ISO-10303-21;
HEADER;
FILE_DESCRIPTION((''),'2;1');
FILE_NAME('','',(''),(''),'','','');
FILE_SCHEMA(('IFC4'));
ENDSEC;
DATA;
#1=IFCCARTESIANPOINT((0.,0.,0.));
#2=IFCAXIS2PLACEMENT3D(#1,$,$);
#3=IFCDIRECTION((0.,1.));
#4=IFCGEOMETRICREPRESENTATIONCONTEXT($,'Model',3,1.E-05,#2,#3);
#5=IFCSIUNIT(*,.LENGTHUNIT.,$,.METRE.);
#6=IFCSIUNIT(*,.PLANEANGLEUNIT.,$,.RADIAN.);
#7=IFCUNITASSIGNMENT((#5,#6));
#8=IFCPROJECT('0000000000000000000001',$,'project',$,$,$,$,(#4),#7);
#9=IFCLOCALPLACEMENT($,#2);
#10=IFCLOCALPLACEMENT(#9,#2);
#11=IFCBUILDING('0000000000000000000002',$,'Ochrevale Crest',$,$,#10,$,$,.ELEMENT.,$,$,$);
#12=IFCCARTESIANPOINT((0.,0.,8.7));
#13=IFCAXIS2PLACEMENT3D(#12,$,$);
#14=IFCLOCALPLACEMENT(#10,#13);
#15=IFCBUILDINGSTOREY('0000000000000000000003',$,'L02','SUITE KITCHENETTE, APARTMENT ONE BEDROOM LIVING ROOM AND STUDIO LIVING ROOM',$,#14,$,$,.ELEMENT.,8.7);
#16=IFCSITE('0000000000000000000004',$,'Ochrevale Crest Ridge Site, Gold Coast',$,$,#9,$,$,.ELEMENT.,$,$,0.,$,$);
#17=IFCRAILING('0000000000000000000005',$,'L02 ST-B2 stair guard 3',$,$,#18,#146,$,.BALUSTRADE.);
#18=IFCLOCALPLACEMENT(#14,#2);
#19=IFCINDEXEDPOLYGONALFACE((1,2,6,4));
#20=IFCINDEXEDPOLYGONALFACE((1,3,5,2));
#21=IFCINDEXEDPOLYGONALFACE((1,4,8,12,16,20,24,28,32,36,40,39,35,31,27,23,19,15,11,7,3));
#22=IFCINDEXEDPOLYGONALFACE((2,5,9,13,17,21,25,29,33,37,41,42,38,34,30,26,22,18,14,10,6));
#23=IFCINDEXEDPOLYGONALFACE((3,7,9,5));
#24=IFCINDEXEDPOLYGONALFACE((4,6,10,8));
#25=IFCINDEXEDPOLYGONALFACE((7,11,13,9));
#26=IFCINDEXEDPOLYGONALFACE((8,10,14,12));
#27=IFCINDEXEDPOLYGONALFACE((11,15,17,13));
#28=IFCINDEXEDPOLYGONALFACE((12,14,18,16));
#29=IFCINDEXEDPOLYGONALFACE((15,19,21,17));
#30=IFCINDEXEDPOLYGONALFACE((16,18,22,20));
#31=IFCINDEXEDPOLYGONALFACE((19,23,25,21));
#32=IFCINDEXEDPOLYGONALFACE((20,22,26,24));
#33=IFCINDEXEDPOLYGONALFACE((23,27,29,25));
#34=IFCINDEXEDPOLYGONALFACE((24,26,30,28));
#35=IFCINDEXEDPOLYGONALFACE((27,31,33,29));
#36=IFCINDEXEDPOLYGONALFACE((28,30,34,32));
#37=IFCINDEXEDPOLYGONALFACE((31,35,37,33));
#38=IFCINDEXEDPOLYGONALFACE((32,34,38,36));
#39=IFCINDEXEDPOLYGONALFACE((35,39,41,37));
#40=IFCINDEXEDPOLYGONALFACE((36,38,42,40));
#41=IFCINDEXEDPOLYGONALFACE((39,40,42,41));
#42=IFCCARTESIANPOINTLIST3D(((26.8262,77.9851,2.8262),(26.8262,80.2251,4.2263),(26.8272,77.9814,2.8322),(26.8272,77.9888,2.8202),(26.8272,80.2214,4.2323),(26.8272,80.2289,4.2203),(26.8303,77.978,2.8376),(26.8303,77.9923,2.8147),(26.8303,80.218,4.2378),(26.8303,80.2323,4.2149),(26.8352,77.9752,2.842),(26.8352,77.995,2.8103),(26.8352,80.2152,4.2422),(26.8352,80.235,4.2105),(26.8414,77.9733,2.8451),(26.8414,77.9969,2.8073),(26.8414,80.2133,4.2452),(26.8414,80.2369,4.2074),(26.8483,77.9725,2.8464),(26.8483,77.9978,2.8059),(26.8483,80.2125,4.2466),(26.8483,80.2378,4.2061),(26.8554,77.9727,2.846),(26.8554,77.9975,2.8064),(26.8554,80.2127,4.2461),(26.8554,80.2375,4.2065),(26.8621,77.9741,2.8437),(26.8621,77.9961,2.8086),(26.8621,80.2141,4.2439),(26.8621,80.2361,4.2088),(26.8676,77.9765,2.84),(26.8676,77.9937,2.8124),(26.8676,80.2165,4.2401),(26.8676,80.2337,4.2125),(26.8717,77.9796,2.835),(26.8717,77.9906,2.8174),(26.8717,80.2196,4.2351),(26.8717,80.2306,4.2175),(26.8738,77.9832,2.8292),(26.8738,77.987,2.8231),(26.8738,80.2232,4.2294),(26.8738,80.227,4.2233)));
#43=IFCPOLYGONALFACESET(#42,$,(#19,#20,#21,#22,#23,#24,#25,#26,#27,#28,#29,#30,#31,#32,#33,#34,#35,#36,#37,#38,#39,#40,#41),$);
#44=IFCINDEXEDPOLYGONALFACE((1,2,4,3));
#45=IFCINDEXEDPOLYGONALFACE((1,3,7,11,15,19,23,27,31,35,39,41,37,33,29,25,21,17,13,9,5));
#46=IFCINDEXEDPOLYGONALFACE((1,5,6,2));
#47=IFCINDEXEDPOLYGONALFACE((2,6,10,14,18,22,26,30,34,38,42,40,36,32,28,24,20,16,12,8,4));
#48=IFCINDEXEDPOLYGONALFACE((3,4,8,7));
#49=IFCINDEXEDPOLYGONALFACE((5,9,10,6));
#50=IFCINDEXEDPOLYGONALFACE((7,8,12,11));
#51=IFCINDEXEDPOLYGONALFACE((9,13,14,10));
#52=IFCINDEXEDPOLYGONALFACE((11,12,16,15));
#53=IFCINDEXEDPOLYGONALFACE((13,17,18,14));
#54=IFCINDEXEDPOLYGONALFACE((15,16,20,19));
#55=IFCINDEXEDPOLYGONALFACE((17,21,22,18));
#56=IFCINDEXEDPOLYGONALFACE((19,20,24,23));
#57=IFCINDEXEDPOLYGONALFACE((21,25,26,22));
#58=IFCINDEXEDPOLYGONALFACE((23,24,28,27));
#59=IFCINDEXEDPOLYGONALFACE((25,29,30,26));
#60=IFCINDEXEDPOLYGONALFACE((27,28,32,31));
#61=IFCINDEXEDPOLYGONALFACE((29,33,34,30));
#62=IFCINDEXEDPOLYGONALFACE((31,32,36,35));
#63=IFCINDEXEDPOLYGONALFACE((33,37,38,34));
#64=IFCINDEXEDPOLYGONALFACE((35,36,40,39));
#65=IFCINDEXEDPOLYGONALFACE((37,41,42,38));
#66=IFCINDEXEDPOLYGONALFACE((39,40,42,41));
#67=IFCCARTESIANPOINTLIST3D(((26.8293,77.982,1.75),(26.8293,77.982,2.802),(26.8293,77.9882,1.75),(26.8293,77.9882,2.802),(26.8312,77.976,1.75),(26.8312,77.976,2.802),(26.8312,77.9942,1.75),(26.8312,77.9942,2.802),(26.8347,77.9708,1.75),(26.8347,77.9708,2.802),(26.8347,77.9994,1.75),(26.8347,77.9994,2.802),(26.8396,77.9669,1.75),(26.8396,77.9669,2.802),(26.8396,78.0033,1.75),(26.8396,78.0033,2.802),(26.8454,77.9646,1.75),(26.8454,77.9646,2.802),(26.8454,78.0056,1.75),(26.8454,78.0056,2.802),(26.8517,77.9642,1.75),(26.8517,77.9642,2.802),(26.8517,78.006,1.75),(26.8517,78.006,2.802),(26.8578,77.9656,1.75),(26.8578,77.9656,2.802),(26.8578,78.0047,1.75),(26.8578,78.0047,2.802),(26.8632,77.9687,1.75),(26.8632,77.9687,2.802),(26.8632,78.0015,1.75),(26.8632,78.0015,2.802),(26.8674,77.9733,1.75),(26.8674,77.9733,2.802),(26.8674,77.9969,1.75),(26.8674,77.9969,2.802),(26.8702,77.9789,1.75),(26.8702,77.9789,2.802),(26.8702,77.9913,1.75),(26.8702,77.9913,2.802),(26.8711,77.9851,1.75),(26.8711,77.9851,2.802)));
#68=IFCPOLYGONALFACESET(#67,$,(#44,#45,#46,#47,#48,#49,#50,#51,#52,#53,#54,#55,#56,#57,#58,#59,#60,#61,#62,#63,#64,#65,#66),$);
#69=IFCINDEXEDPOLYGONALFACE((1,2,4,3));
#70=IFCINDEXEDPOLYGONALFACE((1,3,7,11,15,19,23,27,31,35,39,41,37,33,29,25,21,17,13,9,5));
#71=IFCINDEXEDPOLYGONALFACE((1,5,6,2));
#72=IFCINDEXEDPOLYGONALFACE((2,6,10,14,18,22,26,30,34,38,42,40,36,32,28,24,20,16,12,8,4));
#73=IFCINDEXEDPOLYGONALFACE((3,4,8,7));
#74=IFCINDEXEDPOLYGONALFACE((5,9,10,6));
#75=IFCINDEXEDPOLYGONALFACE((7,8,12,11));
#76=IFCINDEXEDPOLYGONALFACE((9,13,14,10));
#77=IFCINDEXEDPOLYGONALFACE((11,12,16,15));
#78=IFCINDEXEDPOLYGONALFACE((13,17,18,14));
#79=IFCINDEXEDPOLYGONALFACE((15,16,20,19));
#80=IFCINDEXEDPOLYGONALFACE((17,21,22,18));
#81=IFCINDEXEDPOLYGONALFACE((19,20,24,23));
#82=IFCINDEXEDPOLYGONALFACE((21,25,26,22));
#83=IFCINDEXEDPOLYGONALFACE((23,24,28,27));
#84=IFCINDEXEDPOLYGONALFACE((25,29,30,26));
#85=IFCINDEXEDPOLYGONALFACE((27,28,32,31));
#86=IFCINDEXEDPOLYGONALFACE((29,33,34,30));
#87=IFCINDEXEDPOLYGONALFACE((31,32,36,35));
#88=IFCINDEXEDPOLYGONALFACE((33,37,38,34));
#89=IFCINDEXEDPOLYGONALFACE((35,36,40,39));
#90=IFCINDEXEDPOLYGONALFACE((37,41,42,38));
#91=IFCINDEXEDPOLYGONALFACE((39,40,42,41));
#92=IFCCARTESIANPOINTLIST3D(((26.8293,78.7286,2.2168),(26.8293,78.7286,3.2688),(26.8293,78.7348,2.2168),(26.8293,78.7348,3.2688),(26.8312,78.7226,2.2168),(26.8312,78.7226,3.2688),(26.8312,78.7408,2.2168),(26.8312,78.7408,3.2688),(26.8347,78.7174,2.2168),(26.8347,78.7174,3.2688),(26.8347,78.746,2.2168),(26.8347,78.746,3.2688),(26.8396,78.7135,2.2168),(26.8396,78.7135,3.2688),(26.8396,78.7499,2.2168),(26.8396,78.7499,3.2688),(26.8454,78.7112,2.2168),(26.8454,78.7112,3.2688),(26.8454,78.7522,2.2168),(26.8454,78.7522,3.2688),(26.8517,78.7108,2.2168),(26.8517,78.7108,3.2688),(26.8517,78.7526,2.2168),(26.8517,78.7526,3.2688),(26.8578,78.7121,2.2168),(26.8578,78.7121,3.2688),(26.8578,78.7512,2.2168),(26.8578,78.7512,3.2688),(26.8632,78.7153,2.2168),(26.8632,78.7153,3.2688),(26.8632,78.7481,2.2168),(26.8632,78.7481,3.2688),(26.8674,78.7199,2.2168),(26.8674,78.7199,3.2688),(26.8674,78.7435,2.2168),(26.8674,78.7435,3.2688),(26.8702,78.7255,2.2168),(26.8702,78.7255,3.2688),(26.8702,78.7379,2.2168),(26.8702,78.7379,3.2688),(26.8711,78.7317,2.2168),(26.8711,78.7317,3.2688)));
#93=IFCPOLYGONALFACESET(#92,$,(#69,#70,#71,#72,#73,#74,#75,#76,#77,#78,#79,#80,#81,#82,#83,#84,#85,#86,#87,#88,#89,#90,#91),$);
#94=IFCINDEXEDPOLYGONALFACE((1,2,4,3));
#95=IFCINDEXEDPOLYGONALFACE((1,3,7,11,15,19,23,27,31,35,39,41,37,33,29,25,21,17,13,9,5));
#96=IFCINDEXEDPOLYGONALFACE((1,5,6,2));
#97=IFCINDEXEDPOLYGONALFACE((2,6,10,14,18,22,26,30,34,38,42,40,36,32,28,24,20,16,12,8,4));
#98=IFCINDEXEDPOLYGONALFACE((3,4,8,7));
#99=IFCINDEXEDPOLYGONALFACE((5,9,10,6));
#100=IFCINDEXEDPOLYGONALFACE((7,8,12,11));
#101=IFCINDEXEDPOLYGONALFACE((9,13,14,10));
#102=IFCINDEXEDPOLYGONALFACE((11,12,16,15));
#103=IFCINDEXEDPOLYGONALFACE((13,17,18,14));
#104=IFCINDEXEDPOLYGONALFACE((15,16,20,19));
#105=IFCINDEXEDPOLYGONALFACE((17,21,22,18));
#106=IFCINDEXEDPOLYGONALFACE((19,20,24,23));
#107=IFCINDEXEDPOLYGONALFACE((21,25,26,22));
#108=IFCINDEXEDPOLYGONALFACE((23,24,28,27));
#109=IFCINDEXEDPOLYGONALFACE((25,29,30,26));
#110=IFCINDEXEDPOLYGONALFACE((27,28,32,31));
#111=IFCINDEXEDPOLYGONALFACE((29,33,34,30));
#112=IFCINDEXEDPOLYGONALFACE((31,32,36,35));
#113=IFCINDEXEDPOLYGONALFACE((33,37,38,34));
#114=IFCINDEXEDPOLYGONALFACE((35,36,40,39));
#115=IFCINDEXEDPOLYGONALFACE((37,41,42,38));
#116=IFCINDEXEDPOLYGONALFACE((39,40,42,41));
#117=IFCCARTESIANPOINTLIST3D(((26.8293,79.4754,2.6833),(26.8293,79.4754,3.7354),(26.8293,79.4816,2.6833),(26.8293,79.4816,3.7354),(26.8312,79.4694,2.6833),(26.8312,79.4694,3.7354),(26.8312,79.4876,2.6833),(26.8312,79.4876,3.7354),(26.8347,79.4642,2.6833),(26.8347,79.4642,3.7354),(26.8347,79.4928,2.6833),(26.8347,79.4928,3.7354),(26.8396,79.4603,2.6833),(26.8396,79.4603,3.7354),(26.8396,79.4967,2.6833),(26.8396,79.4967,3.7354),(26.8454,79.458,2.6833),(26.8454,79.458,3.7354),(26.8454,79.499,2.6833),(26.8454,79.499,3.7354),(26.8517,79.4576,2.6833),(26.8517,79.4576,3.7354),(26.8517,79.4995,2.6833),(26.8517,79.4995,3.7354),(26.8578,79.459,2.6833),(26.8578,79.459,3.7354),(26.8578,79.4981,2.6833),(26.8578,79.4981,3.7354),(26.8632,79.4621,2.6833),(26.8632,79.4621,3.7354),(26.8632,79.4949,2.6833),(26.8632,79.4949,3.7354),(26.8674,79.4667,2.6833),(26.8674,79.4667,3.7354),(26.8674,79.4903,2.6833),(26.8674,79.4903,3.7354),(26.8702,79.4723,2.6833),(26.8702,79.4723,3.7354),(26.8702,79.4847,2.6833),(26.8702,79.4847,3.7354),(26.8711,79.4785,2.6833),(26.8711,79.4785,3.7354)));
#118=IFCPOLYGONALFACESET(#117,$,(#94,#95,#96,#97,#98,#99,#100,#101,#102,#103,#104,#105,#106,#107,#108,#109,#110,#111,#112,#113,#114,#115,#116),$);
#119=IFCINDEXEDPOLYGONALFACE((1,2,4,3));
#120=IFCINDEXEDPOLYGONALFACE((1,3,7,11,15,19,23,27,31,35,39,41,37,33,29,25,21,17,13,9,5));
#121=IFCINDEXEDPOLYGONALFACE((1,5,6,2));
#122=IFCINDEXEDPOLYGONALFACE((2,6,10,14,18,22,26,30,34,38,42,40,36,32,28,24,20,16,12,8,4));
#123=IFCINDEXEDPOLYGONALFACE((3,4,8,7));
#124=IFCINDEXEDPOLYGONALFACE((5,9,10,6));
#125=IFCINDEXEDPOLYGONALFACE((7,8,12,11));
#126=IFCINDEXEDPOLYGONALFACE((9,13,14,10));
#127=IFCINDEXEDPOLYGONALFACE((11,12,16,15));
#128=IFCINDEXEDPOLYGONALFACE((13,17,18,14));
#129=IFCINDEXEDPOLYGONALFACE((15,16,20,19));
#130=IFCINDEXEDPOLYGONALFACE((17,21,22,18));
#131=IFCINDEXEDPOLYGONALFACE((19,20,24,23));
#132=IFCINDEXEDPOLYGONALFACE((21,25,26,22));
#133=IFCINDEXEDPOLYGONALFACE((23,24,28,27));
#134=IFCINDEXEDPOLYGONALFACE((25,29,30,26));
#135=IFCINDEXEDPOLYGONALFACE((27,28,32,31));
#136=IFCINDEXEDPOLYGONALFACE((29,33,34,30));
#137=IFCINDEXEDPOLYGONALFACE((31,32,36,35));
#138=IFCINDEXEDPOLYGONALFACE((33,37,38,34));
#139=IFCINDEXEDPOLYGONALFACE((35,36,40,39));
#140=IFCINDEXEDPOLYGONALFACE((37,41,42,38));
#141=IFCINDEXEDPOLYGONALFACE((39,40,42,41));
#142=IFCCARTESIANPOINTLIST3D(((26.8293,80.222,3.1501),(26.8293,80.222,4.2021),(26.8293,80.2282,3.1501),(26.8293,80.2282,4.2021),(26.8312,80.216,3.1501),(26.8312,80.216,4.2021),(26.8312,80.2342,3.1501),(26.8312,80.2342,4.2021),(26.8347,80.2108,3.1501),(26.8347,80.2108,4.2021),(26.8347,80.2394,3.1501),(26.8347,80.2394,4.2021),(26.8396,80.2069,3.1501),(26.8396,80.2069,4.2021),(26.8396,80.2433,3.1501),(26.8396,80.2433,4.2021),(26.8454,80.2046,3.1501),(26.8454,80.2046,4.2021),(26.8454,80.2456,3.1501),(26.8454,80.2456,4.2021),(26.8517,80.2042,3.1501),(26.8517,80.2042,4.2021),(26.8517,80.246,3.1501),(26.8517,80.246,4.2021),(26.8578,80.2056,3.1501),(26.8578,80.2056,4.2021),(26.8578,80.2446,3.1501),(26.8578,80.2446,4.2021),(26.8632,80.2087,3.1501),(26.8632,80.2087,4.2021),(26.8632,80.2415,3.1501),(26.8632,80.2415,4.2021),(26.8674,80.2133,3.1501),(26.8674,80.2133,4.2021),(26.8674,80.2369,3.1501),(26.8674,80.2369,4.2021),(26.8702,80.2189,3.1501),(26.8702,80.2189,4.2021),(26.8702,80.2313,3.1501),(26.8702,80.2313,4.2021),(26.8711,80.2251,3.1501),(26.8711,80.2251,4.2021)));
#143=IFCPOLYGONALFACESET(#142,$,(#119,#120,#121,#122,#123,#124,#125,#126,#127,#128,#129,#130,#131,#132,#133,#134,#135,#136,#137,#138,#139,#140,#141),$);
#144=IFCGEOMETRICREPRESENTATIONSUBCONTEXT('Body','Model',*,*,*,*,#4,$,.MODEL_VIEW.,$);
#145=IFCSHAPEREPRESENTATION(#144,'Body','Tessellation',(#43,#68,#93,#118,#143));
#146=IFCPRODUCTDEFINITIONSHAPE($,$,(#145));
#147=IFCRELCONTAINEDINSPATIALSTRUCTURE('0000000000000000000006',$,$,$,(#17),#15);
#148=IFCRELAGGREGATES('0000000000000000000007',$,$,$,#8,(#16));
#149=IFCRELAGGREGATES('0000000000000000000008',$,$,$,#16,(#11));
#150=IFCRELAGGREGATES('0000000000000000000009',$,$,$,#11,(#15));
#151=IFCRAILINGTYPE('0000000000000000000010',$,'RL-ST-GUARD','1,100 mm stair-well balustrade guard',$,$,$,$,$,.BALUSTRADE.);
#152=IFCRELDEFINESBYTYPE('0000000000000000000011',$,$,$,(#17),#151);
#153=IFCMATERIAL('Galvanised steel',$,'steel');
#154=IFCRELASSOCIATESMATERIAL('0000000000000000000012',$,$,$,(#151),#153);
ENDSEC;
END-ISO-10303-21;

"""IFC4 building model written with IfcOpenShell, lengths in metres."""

from ifc_helpers import new_model, si_unit, direction, frame, origin, origin_2d, place, context, subcontext, project, spatial, circle, extrude, material, type_object, element, save


model = new_model("IFC4")

# Units and contexts
model_context = context("Model", 3, precision=1e-05, world=origin(), true_north=direction((0.0, 1.0)))
body_context = subcontext(model_context, "Body", "Model", "MODEL_VIEW")
ifc_project = project(units=[si_unit("LENGTHUNIT", "METRE"), si_unit("PLANEANGLEUNIT", "RADIAN")], contexts=[model_context])

# Site, building, storey
site_placement = place(None, origin())
site = spatial("IfcSite", under=ifc_project, at=site_placement, Name="Ochrevale Crest Ridge Site, Gold Coast", CompositionType="ELEMENT", RefElevation=0.0)
building_placement = place(site_placement, origin())
building = spatial("IfcBuilding", under=site, at=building_placement, Name="Ochrevale Crest", CompositionType="ELEMENT")
storey_placement = place(building_placement, frame((0.0, 0.0, 8.7)))
storey = spatial("IfcBuildingStorey", under=building, at=storey_placement, Name="L02", Description="SUITE KITCHENETTE, APARTMENT ONE BEDROOM LIVING ROOM AND STUDIO LIVING ROOM", CompositionType="ELEMENT", Elevation=8.7)

# Railing
ifc_material_1 = material(Name="Galvanised steel", Category="steel")
railing_type_1 = type_object("IfcRailingType", Name="RL-ST-GUARD", Description="1,100 mm stair-well balustrade guard", PredefinedType="BALUSTRADE", material=ifc_material_1)
railing_1_placement = place(storey_placement, frame((26.8501, 77.9851, 1.75)))
element("IfcRailing", 1, at=railing_1_placement, inside=storey, type_object=railing_type_1, Name="L02 ST-B2 stair guard 3", PredefinedType="BALUSTRADE", context=body_context, shape_type="SweptSolid", body=[
    extrude(circle(Radius=0.0239, at=origin_2d()), frame((0.0, 0.0, 1.0762), z_axis=(0.0, 0.847972, 0.53004), x_axis=(-1.0, 0.0, 0.0)), (0.0, 0.0, 1.0), 2.6416),
    extrude(circle(Radius=0.021, at=origin_2d()), origin(), (0.0, 0.0, 1.0), 1.052),
    extrude(circle(Radius=0.021, at=origin_2d()), frame((0.0, 0.7466, 0.4668)), (0.0, 0.0, 1.0), 1.052),
    extrude(circle(Radius=0.021, at=origin_2d()), frame((0.0, 1.4934, 0.9333)), (0.0, 0.0, 1.0), 1.052),
    extrude(circle(Radius=0.021, at=origin_2d()), frame((0.0, 2.24, 1.4001)), (0.0, 0.0, 1.0), 1.052),
])

save(model, "model.ifc")
